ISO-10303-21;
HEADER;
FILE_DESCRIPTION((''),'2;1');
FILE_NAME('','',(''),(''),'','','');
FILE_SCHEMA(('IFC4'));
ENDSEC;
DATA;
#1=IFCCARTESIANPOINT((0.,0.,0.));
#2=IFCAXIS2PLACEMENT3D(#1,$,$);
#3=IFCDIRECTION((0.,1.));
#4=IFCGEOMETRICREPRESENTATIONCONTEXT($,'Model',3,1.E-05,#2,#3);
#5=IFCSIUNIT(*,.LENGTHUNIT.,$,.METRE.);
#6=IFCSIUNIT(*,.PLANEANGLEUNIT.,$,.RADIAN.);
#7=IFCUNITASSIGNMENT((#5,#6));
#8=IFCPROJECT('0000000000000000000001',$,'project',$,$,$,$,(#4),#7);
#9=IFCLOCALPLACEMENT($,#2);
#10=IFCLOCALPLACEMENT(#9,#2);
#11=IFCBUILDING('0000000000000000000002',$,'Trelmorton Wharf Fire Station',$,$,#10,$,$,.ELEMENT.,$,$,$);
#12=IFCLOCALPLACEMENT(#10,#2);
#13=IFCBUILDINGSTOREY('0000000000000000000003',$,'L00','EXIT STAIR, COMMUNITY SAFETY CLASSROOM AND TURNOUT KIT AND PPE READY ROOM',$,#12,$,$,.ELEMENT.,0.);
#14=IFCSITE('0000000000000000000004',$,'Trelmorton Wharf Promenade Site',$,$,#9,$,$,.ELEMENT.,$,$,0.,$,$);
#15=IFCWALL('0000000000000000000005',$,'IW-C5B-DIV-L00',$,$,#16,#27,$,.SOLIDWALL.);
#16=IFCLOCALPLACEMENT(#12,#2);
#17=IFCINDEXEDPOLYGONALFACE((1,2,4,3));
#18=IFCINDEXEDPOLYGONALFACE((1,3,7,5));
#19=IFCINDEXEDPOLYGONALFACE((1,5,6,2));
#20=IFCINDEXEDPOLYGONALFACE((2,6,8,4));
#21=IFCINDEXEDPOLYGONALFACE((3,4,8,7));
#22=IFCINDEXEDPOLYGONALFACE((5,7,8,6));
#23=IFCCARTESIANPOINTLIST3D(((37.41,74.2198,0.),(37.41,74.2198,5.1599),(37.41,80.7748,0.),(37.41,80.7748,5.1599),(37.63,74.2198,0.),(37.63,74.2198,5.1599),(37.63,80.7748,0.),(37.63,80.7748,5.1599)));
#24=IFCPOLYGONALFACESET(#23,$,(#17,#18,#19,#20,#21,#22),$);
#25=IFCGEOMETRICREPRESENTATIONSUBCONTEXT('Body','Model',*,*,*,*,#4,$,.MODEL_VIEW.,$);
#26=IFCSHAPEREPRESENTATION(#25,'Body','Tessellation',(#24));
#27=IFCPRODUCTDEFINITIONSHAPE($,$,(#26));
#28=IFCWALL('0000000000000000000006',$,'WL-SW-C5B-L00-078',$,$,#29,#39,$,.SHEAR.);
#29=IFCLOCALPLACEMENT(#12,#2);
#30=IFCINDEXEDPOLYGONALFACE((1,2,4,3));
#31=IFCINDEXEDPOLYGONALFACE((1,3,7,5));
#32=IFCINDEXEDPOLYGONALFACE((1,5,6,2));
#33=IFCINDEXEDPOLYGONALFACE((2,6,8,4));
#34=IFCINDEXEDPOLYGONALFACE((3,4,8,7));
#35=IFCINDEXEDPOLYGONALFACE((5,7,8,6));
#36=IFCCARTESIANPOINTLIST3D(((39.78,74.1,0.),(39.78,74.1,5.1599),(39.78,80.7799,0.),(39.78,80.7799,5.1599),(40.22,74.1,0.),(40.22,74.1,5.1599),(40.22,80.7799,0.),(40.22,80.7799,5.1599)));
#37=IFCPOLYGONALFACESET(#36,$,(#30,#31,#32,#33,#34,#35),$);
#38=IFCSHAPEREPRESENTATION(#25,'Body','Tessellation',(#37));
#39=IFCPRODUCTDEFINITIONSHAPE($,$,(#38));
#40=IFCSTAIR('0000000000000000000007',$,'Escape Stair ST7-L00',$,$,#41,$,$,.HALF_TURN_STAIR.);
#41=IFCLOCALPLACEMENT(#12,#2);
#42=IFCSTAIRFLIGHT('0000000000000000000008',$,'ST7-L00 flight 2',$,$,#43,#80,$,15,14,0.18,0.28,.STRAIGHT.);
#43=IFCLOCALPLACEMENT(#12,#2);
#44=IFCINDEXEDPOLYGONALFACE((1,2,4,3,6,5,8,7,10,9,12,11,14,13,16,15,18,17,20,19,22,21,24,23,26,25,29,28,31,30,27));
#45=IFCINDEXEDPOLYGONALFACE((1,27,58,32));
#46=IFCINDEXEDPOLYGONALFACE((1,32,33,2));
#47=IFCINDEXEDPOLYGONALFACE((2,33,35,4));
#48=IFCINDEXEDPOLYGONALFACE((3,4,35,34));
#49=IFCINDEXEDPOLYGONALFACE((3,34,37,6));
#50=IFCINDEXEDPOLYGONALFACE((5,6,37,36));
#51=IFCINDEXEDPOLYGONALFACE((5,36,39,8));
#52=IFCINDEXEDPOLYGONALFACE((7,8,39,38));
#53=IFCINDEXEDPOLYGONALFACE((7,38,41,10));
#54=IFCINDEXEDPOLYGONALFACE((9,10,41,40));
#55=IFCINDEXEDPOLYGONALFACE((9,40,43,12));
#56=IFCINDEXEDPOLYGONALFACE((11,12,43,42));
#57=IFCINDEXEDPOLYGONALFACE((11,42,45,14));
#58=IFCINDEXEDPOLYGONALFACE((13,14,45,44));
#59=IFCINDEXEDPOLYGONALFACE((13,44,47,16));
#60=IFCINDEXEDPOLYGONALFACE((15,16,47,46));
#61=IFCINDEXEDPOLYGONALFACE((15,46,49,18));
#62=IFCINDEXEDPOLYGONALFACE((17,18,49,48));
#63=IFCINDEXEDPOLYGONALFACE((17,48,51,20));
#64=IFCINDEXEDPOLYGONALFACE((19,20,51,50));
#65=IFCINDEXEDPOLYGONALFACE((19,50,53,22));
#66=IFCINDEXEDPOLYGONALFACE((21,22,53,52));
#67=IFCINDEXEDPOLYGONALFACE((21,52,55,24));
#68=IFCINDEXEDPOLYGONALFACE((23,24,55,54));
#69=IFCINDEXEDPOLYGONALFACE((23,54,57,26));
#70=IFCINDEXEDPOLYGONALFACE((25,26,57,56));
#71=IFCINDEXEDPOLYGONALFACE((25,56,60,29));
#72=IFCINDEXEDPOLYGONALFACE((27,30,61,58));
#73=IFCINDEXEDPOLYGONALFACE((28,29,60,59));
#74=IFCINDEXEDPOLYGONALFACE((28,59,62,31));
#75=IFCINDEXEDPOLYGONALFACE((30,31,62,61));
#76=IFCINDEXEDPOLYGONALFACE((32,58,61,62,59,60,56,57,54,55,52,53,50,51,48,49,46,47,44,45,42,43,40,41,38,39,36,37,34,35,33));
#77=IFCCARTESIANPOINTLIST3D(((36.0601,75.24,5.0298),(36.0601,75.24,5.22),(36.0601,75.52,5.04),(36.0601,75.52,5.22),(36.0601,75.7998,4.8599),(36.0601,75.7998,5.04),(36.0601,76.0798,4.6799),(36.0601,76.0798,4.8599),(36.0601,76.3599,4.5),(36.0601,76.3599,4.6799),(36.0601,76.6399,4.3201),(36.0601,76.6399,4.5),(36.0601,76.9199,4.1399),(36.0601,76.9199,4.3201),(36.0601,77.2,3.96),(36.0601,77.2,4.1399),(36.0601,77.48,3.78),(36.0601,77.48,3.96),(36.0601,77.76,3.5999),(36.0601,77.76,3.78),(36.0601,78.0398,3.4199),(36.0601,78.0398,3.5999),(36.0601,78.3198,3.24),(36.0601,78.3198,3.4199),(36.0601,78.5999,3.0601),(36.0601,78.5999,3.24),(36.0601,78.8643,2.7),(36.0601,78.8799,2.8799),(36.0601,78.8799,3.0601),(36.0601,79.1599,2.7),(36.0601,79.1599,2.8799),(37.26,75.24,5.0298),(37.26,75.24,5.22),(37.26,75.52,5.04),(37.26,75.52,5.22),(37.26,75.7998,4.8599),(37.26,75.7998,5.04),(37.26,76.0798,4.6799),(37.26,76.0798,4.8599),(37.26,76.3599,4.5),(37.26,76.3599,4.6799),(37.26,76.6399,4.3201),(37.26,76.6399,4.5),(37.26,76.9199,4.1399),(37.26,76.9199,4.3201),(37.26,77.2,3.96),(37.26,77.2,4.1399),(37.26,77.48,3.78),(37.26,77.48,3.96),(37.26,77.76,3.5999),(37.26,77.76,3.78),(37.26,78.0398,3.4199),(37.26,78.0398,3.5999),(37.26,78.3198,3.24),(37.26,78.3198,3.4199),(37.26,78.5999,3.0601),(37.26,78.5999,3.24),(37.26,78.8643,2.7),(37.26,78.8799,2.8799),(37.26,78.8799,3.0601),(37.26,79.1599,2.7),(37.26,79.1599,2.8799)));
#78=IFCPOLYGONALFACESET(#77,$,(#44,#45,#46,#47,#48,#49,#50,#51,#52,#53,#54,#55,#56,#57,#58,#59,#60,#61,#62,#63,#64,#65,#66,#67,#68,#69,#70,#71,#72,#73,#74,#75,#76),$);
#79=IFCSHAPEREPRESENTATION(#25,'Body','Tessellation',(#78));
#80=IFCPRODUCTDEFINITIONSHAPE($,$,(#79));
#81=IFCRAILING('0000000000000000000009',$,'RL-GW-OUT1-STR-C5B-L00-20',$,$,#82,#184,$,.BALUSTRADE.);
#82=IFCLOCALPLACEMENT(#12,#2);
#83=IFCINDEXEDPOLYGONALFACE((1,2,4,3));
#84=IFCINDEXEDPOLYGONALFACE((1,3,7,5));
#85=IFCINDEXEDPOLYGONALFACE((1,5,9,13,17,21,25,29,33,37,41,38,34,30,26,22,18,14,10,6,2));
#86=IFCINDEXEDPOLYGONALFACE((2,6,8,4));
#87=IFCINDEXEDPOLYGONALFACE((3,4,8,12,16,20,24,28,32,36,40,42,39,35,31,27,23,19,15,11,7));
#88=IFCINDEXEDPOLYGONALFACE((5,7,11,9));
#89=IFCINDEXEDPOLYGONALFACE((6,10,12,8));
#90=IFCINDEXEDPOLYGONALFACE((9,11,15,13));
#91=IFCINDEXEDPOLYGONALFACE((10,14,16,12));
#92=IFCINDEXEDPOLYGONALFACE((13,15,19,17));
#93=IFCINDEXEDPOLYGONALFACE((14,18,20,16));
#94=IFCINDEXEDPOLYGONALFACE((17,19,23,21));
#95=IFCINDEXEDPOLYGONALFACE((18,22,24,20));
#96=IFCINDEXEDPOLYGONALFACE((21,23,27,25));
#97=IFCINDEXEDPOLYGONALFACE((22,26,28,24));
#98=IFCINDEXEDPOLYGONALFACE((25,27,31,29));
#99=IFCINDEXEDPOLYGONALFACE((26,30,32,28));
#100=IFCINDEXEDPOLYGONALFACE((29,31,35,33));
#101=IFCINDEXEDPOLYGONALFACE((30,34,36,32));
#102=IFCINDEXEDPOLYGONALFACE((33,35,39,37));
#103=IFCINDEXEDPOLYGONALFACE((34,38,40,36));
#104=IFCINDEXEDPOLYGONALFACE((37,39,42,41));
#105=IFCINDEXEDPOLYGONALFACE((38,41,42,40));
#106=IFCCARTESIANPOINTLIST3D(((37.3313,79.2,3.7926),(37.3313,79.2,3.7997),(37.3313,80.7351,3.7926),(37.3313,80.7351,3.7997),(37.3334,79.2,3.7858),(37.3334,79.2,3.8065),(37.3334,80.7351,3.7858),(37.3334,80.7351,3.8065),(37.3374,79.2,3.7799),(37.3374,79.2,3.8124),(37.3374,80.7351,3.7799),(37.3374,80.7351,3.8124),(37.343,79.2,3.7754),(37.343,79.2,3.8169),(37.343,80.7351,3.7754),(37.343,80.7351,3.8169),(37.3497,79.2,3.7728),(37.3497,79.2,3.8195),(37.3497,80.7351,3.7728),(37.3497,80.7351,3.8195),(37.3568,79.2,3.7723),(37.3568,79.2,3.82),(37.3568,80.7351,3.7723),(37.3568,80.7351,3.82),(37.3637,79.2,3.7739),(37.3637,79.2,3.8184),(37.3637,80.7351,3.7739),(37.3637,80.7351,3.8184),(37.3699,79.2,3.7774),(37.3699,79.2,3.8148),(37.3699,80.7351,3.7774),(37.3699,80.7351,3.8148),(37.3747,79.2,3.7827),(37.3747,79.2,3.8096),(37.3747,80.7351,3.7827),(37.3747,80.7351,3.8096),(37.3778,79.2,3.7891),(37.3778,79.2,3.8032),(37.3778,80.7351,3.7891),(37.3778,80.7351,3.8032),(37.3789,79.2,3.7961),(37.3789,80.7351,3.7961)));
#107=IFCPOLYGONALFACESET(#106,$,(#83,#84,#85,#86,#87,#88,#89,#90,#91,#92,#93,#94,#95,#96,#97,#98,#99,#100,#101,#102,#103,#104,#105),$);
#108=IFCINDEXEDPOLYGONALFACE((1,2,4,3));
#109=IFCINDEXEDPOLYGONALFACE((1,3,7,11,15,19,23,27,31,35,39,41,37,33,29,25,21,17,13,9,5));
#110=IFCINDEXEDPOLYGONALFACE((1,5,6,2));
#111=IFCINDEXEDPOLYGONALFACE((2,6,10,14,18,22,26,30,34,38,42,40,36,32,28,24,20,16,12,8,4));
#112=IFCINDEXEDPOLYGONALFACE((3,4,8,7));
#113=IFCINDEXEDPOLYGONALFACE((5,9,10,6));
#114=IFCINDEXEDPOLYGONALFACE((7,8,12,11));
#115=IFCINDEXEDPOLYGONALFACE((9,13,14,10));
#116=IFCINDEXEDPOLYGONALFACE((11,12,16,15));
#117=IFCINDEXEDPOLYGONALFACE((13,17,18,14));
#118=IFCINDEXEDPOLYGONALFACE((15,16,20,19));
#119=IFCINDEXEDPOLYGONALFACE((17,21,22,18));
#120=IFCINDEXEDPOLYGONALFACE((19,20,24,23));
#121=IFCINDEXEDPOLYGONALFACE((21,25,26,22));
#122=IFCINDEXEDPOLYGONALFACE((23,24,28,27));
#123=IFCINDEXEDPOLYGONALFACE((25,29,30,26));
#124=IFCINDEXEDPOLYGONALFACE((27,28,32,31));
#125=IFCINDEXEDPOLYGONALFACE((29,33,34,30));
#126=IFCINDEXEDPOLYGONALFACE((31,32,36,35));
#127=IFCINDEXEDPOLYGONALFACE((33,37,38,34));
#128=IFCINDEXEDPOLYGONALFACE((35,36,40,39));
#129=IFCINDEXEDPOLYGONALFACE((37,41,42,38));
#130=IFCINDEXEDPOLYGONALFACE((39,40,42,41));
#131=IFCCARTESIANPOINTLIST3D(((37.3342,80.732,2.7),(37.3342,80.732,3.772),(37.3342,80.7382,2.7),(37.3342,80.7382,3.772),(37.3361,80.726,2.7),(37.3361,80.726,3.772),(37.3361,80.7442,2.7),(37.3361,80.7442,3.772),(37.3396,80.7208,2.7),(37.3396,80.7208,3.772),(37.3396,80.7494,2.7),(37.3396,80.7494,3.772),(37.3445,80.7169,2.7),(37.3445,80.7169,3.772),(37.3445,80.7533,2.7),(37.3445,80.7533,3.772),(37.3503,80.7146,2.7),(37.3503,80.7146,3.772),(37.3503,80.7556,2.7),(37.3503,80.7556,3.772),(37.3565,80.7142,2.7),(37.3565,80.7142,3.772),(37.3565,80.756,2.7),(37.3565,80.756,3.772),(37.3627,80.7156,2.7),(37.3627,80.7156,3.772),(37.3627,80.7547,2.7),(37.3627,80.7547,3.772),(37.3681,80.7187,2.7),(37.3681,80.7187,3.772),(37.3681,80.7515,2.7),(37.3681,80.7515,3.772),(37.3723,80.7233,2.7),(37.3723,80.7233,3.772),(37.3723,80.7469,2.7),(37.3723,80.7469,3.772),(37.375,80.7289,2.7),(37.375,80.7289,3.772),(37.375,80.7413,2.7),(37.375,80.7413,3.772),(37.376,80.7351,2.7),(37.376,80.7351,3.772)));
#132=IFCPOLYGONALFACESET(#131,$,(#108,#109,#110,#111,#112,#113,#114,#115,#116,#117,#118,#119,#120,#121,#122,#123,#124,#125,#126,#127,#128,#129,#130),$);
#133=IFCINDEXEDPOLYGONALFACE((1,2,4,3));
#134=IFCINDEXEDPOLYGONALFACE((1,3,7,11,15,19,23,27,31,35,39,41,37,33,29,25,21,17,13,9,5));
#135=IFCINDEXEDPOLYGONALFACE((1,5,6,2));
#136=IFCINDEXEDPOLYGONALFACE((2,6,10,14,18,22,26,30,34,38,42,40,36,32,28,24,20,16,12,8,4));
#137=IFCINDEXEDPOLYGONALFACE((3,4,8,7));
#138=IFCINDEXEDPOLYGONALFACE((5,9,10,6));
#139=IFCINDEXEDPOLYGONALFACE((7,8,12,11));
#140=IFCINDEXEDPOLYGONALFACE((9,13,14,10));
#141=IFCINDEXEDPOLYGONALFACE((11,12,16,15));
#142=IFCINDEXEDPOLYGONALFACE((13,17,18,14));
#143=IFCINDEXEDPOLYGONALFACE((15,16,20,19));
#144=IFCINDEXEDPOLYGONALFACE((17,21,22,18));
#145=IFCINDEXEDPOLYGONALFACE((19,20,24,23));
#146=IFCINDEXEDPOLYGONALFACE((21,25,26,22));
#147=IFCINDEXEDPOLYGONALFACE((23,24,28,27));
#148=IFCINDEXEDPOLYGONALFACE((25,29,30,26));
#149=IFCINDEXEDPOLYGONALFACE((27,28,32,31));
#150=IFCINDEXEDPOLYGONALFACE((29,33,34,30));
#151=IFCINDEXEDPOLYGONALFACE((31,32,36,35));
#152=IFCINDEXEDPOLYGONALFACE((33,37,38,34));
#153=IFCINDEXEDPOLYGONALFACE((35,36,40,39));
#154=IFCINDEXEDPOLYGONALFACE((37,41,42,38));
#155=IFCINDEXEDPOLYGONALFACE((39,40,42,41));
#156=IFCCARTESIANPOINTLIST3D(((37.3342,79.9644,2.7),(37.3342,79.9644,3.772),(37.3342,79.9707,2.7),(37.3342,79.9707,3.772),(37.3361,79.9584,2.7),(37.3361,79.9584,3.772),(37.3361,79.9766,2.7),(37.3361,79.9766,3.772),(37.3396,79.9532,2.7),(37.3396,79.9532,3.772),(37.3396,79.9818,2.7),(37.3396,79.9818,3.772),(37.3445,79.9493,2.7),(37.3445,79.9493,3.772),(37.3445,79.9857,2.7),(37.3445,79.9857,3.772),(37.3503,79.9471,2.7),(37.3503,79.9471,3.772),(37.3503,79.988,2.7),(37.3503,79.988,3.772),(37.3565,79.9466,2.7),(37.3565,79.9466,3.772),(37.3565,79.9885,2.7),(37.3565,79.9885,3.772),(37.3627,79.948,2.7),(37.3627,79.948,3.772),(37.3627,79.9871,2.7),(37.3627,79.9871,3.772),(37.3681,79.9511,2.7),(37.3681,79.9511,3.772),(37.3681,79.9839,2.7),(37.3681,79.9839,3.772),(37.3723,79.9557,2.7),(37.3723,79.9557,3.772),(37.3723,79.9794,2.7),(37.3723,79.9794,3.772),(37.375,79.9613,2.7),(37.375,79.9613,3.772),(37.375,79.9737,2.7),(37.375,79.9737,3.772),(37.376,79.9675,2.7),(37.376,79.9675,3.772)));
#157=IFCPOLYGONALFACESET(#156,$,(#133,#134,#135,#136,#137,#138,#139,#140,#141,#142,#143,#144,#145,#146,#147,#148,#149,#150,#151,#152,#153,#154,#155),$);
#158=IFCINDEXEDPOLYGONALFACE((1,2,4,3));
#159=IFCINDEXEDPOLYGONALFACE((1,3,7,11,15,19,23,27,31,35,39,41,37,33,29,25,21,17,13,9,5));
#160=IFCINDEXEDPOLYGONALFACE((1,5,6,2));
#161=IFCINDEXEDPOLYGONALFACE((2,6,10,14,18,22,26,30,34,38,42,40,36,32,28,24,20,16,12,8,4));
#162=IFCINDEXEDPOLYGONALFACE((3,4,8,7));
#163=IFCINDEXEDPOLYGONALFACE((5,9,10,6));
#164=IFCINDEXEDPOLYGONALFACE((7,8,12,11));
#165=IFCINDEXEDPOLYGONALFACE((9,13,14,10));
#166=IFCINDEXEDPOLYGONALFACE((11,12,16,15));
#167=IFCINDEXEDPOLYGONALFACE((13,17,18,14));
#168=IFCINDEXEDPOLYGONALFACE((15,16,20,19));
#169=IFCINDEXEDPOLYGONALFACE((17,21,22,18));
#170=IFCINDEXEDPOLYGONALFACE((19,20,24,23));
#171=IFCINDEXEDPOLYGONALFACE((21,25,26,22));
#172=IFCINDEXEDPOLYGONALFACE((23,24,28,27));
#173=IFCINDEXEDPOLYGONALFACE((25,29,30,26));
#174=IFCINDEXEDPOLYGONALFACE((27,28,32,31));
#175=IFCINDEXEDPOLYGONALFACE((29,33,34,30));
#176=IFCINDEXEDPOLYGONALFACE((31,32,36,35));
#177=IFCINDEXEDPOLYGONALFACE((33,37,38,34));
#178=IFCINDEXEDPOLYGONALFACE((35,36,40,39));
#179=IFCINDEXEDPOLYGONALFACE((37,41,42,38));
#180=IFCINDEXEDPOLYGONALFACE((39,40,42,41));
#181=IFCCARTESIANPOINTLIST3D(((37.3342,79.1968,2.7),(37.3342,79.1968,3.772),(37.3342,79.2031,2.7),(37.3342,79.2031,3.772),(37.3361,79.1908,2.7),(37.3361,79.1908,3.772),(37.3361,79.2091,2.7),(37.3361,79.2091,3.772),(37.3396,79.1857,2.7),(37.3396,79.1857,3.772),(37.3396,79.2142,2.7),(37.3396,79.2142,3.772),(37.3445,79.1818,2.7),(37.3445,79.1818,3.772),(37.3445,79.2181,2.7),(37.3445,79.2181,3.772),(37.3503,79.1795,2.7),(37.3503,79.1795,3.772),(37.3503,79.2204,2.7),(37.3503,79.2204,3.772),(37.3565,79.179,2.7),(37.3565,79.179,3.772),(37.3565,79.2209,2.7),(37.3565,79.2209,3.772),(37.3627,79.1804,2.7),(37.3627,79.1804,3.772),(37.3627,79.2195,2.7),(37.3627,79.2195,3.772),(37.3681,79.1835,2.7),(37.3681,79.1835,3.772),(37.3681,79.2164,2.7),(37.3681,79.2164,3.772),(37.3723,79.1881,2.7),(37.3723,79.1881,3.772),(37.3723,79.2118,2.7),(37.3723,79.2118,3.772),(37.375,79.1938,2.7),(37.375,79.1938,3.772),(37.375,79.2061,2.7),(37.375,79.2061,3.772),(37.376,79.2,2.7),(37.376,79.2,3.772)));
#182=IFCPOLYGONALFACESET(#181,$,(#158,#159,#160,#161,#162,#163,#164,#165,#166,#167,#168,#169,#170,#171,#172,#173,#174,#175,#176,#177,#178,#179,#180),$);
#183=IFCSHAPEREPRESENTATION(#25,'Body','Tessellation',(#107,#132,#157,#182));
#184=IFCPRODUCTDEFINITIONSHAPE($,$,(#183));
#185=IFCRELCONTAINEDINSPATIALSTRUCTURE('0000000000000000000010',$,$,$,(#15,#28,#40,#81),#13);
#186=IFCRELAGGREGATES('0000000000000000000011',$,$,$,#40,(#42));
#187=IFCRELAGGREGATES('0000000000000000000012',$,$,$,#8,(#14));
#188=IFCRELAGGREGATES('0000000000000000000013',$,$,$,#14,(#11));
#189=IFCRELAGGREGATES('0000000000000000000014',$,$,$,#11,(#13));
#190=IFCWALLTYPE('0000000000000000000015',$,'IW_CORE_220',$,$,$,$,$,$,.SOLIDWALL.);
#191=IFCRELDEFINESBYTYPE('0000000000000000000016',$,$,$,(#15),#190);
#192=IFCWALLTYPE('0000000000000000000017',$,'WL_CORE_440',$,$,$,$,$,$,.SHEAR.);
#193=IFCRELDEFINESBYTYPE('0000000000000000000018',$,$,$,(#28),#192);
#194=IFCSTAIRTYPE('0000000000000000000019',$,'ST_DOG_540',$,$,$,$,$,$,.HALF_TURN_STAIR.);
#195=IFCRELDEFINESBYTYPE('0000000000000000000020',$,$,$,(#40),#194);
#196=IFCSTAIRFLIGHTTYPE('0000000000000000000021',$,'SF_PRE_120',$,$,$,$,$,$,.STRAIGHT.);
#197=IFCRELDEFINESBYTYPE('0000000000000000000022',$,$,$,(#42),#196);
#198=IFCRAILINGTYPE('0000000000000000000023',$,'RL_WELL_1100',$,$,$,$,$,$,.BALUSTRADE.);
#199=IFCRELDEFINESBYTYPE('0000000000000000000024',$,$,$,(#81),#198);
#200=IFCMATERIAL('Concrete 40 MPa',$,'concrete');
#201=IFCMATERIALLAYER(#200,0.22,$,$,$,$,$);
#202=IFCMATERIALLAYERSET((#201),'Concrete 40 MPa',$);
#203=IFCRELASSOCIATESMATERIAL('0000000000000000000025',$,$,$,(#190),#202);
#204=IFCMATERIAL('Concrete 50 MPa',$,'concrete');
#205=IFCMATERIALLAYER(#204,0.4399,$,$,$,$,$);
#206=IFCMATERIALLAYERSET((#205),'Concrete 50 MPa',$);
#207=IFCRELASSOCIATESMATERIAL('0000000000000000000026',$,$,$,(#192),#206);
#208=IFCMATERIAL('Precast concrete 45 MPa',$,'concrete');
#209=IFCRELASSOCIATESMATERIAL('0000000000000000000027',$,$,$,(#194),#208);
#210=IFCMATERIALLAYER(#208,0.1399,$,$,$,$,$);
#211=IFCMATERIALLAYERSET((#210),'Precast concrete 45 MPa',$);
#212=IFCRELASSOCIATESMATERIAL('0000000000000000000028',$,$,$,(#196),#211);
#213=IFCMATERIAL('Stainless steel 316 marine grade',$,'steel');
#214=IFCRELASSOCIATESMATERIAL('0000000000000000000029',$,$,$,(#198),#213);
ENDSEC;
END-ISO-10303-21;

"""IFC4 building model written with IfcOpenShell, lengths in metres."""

from ifc_helpers import new_model, si_unit, direction, frame, frame_2d, origin, origin_2d, place, context, subcontext, project, spatial, polyline, rectangle, circle, outline, extrude, material, layer, layer_set, type_object, element, aggregate, save


model = new_model("IFC4")

# Units and contexts
model_context = context("Model", 3, precision=1e-05, world=origin(), true_north=direction((0.0, 1.0)))
body_context = subcontext(model_context, "Body", "Model", "MODEL_VIEW")
ifc_project = project(units=[si_unit("LENGTHUNIT", "METRE"), si_unit("PLANEANGLEUNIT", "RADIAN")], contexts=[model_context])

# Site, building, storey
site_placement = place(None, origin())
site = spatial("IfcSite", under=ifc_project, at=site_placement, Name="Trelmorton Wharf Promenade Site", CompositionType="ELEMENT", RefElevation=0.0)
building_placement = place(site_placement, origin())
building = spatial("IfcBuilding", under=site, at=building_placement, Name="Trelmorton Wharf Fire Station", CompositionType="ELEMENT")
storey_placement = place(building_placement, origin())
storey = spatial("IfcBuildingStorey", under=building, at=storey_placement, Name="L00", Description="EXIT STAIR, COMMUNITY SAFETY CLASSROOM AND TURNOUT KIT AND PPE READY ROOM", CompositionType="ELEMENT", Elevation=0.0)

# Shared definitions
ifc_material_1 = material(Name="Concrete 40 MPa", Category="concrete")

# Shared definitions
ifc_material_2 = material(Name="Precast concrete 45 MPa", Category="concrete")

# Wall
ifc_layer_1 = layer(ifc_material_1, 0.22)
ifc_layer_set_1 = layer_set([ifc_layer_1], Name="Concrete 40 MPa")
wall_type_1 = type_object("IfcWallType", Name="IW_CORE_220", PredefinedType="SOLIDWALL", material=ifc_layer_set_1)
wall_1_placement = place(storey_placement, frame((37.52, 74.22, 0.0), z_axis=(0.0, 0.0, 1.0), x_axis=(0.0, 1.0, 0.0)))
element("IfcWall", 1, at=wall_1_placement, inside=storey, type_object=wall_type_1, Name="IW-C5B-DIV-L00", PredefinedType="SOLIDWALL", context=body_context, shape_type="SweptSolid", body=[
    extrude(rectangle(XDim=6.5549, YDim=0.22, at=frame_2d((3.2773, 0.0))), origin(), (0.0, 0.0, 1.0), 5.1599),
])

# Shared definitions
ifc_material_3 = material(Name="Stainless steel 316 marine grade", Category="steel")

# Wall
ifc_material_4 = material(Name="Concrete 50 MPa", Category="concrete")
ifc_layer_2 = layer(ifc_material_4, 0.4399)
ifc_layer_set_2 = layer_set([ifc_layer_2], Name="Concrete 50 MPa")
wall_type_2 = type_object("IfcWallType", Name="WL_CORE_440", PredefinedType="SHEAR", material=ifc_layer_set_2)
wall_2_placement = place(storey_placement, frame((40.0, 74.1001, 0.0), z_axis=(0.0, 0.0, 1.0), x_axis=(0.0, 1.0, 0.0)))
element("IfcWall", 2, at=wall_2_placement, inside=storey, type_object=wall_type_2, Name="WL-SW-C5B-L00-078", PredefinedType="SHEAR", context=body_context, shape_type="SweptSolid", body=[
    extrude(rectangle(XDim=6.6799, YDim=0.4399, at=frame_2d((3.3398, 0.0))), origin(), (0.0, 0.0, 1.0), 5.1599),
])

# Stair, stair flight
stair_type = type_object("IfcStairType", Name="ST_DOG_540", PredefinedType="HALF_TURN_STAIR", material=ifc_material_2)
stair_placement = place(storey_placement, origin())
stair = element("IfcStair", 3, at=stair_placement, inside=storey, type_object=stair_type, Name="Escape Stair ST7-L00", PredefinedType="HALF_TURN_STAIR")
ifc_layer_3 = layer(ifc_material_2, 0.1399)
ifc_layer_set_3 = layer_set([ifc_layer_3], Name="Precast concrete 45 MPa")
stair_flight_type = type_object("IfcStairFlightType", Name="SF_PRE_120", PredefinedType="STRAIGHT", material=ifc_layer_set_3)
stair_flight_placement = place(storey_placement, frame((36.6599, 79.1599, 2.7), z_axis=(0.0, 0.0, 1.0), x_axis=(0.0, -1.0, 0.0)))
stair_flight = element("IfcStairFlight", 4, at=stair_flight_placement, type_object=stair_flight_type, Name="ST7-L00 flight 2", NumberOfRisers=15, NumberOfTreads=14, PredefinedType="STRAIGHT", RiserHeight=0.18, TreadLength=0.28, context=body_context, shape_type="SweptSolid", body=[
    extrude(outline(polyline([(0.0, 0.0), (0.0, 0.1799), (0.28, 0.1799), (0.28, 0.3601), (0.5601, 0.3601), (0.5601, 0.54), (0.8401, 0.54), (0.8401, 0.72), (1.1201, 0.72), (1.1201, 0.8999), (1.3999, 0.8999), (1.3999, 1.0801), (1.6799, 1.0801), (1.6799, 1.26), (1.96, 1.26), (1.96, 1.4399), (2.24, 1.4399), (2.24, 1.6201), (2.52, 1.6201), (2.52, 1.8), (2.8, 1.8), (2.8, 1.98), (3.0801, 1.98), (3.0801, 2.1599), (3.3601, 2.1599), (3.3601, 2.3401), (3.6399, 2.3401), (3.6399, 2.52), (3.9199, 2.52), (3.9199, 2.7), (3.9199, 2.3298), (0.2957, 0.0), (0.0, 0.0)])), frame((0.0, 0.6001, 0.0), z_axis=(0.0, -1.0, 0.0), x_axis=(1.0, 0.0, 0.0)), (0.0, 0.0, 1.0), 1.2),
])
aggregate(stair, [stair_flight])

# Railing
railing_type = type_object("IfcRailingType", Name="RL_WELL_1100", PredefinedType="BALUSTRADE", material=ifc_material_3)
railing_1_placement = place(storey_placement, frame((37.355, 80.7351, 2.7)))
element("IfcRailing", 5, at=railing_1_placement, inside=storey, type_object=railing_type, Name="RL-GW-OUT1-STR-C5B-L00-20", PredefinedType="BALUSTRADE", context=body_context, shape_type="SweptSolid", body=[
    extrude(circle(Radius=0.0239, at=origin_2d()), frame((0.0, 0.0, 1.0962), z_axis=(0.0, -1.0, 0.0), x_axis=(1.0, 0.0, 0.0)), (0.0, 0.0, 1.0), 1.5352),
    extrude(circle(Radius=0.021, at=origin_2d()), origin(), (0.0, 0.0, 1.0), 1.072),
    extrude(circle(Radius=0.021, at=origin_2d()), frame((0.0, -0.7676, 0.0)), (0.0, 0.0, 1.0), 1.072),
    extrude(circle(Radius=0.021, at=origin_2d()), frame((0.0, -1.5352, 0.0)), (0.0, 0.0, 1.0), 1.072),
])

save(model, "model.ifc")
